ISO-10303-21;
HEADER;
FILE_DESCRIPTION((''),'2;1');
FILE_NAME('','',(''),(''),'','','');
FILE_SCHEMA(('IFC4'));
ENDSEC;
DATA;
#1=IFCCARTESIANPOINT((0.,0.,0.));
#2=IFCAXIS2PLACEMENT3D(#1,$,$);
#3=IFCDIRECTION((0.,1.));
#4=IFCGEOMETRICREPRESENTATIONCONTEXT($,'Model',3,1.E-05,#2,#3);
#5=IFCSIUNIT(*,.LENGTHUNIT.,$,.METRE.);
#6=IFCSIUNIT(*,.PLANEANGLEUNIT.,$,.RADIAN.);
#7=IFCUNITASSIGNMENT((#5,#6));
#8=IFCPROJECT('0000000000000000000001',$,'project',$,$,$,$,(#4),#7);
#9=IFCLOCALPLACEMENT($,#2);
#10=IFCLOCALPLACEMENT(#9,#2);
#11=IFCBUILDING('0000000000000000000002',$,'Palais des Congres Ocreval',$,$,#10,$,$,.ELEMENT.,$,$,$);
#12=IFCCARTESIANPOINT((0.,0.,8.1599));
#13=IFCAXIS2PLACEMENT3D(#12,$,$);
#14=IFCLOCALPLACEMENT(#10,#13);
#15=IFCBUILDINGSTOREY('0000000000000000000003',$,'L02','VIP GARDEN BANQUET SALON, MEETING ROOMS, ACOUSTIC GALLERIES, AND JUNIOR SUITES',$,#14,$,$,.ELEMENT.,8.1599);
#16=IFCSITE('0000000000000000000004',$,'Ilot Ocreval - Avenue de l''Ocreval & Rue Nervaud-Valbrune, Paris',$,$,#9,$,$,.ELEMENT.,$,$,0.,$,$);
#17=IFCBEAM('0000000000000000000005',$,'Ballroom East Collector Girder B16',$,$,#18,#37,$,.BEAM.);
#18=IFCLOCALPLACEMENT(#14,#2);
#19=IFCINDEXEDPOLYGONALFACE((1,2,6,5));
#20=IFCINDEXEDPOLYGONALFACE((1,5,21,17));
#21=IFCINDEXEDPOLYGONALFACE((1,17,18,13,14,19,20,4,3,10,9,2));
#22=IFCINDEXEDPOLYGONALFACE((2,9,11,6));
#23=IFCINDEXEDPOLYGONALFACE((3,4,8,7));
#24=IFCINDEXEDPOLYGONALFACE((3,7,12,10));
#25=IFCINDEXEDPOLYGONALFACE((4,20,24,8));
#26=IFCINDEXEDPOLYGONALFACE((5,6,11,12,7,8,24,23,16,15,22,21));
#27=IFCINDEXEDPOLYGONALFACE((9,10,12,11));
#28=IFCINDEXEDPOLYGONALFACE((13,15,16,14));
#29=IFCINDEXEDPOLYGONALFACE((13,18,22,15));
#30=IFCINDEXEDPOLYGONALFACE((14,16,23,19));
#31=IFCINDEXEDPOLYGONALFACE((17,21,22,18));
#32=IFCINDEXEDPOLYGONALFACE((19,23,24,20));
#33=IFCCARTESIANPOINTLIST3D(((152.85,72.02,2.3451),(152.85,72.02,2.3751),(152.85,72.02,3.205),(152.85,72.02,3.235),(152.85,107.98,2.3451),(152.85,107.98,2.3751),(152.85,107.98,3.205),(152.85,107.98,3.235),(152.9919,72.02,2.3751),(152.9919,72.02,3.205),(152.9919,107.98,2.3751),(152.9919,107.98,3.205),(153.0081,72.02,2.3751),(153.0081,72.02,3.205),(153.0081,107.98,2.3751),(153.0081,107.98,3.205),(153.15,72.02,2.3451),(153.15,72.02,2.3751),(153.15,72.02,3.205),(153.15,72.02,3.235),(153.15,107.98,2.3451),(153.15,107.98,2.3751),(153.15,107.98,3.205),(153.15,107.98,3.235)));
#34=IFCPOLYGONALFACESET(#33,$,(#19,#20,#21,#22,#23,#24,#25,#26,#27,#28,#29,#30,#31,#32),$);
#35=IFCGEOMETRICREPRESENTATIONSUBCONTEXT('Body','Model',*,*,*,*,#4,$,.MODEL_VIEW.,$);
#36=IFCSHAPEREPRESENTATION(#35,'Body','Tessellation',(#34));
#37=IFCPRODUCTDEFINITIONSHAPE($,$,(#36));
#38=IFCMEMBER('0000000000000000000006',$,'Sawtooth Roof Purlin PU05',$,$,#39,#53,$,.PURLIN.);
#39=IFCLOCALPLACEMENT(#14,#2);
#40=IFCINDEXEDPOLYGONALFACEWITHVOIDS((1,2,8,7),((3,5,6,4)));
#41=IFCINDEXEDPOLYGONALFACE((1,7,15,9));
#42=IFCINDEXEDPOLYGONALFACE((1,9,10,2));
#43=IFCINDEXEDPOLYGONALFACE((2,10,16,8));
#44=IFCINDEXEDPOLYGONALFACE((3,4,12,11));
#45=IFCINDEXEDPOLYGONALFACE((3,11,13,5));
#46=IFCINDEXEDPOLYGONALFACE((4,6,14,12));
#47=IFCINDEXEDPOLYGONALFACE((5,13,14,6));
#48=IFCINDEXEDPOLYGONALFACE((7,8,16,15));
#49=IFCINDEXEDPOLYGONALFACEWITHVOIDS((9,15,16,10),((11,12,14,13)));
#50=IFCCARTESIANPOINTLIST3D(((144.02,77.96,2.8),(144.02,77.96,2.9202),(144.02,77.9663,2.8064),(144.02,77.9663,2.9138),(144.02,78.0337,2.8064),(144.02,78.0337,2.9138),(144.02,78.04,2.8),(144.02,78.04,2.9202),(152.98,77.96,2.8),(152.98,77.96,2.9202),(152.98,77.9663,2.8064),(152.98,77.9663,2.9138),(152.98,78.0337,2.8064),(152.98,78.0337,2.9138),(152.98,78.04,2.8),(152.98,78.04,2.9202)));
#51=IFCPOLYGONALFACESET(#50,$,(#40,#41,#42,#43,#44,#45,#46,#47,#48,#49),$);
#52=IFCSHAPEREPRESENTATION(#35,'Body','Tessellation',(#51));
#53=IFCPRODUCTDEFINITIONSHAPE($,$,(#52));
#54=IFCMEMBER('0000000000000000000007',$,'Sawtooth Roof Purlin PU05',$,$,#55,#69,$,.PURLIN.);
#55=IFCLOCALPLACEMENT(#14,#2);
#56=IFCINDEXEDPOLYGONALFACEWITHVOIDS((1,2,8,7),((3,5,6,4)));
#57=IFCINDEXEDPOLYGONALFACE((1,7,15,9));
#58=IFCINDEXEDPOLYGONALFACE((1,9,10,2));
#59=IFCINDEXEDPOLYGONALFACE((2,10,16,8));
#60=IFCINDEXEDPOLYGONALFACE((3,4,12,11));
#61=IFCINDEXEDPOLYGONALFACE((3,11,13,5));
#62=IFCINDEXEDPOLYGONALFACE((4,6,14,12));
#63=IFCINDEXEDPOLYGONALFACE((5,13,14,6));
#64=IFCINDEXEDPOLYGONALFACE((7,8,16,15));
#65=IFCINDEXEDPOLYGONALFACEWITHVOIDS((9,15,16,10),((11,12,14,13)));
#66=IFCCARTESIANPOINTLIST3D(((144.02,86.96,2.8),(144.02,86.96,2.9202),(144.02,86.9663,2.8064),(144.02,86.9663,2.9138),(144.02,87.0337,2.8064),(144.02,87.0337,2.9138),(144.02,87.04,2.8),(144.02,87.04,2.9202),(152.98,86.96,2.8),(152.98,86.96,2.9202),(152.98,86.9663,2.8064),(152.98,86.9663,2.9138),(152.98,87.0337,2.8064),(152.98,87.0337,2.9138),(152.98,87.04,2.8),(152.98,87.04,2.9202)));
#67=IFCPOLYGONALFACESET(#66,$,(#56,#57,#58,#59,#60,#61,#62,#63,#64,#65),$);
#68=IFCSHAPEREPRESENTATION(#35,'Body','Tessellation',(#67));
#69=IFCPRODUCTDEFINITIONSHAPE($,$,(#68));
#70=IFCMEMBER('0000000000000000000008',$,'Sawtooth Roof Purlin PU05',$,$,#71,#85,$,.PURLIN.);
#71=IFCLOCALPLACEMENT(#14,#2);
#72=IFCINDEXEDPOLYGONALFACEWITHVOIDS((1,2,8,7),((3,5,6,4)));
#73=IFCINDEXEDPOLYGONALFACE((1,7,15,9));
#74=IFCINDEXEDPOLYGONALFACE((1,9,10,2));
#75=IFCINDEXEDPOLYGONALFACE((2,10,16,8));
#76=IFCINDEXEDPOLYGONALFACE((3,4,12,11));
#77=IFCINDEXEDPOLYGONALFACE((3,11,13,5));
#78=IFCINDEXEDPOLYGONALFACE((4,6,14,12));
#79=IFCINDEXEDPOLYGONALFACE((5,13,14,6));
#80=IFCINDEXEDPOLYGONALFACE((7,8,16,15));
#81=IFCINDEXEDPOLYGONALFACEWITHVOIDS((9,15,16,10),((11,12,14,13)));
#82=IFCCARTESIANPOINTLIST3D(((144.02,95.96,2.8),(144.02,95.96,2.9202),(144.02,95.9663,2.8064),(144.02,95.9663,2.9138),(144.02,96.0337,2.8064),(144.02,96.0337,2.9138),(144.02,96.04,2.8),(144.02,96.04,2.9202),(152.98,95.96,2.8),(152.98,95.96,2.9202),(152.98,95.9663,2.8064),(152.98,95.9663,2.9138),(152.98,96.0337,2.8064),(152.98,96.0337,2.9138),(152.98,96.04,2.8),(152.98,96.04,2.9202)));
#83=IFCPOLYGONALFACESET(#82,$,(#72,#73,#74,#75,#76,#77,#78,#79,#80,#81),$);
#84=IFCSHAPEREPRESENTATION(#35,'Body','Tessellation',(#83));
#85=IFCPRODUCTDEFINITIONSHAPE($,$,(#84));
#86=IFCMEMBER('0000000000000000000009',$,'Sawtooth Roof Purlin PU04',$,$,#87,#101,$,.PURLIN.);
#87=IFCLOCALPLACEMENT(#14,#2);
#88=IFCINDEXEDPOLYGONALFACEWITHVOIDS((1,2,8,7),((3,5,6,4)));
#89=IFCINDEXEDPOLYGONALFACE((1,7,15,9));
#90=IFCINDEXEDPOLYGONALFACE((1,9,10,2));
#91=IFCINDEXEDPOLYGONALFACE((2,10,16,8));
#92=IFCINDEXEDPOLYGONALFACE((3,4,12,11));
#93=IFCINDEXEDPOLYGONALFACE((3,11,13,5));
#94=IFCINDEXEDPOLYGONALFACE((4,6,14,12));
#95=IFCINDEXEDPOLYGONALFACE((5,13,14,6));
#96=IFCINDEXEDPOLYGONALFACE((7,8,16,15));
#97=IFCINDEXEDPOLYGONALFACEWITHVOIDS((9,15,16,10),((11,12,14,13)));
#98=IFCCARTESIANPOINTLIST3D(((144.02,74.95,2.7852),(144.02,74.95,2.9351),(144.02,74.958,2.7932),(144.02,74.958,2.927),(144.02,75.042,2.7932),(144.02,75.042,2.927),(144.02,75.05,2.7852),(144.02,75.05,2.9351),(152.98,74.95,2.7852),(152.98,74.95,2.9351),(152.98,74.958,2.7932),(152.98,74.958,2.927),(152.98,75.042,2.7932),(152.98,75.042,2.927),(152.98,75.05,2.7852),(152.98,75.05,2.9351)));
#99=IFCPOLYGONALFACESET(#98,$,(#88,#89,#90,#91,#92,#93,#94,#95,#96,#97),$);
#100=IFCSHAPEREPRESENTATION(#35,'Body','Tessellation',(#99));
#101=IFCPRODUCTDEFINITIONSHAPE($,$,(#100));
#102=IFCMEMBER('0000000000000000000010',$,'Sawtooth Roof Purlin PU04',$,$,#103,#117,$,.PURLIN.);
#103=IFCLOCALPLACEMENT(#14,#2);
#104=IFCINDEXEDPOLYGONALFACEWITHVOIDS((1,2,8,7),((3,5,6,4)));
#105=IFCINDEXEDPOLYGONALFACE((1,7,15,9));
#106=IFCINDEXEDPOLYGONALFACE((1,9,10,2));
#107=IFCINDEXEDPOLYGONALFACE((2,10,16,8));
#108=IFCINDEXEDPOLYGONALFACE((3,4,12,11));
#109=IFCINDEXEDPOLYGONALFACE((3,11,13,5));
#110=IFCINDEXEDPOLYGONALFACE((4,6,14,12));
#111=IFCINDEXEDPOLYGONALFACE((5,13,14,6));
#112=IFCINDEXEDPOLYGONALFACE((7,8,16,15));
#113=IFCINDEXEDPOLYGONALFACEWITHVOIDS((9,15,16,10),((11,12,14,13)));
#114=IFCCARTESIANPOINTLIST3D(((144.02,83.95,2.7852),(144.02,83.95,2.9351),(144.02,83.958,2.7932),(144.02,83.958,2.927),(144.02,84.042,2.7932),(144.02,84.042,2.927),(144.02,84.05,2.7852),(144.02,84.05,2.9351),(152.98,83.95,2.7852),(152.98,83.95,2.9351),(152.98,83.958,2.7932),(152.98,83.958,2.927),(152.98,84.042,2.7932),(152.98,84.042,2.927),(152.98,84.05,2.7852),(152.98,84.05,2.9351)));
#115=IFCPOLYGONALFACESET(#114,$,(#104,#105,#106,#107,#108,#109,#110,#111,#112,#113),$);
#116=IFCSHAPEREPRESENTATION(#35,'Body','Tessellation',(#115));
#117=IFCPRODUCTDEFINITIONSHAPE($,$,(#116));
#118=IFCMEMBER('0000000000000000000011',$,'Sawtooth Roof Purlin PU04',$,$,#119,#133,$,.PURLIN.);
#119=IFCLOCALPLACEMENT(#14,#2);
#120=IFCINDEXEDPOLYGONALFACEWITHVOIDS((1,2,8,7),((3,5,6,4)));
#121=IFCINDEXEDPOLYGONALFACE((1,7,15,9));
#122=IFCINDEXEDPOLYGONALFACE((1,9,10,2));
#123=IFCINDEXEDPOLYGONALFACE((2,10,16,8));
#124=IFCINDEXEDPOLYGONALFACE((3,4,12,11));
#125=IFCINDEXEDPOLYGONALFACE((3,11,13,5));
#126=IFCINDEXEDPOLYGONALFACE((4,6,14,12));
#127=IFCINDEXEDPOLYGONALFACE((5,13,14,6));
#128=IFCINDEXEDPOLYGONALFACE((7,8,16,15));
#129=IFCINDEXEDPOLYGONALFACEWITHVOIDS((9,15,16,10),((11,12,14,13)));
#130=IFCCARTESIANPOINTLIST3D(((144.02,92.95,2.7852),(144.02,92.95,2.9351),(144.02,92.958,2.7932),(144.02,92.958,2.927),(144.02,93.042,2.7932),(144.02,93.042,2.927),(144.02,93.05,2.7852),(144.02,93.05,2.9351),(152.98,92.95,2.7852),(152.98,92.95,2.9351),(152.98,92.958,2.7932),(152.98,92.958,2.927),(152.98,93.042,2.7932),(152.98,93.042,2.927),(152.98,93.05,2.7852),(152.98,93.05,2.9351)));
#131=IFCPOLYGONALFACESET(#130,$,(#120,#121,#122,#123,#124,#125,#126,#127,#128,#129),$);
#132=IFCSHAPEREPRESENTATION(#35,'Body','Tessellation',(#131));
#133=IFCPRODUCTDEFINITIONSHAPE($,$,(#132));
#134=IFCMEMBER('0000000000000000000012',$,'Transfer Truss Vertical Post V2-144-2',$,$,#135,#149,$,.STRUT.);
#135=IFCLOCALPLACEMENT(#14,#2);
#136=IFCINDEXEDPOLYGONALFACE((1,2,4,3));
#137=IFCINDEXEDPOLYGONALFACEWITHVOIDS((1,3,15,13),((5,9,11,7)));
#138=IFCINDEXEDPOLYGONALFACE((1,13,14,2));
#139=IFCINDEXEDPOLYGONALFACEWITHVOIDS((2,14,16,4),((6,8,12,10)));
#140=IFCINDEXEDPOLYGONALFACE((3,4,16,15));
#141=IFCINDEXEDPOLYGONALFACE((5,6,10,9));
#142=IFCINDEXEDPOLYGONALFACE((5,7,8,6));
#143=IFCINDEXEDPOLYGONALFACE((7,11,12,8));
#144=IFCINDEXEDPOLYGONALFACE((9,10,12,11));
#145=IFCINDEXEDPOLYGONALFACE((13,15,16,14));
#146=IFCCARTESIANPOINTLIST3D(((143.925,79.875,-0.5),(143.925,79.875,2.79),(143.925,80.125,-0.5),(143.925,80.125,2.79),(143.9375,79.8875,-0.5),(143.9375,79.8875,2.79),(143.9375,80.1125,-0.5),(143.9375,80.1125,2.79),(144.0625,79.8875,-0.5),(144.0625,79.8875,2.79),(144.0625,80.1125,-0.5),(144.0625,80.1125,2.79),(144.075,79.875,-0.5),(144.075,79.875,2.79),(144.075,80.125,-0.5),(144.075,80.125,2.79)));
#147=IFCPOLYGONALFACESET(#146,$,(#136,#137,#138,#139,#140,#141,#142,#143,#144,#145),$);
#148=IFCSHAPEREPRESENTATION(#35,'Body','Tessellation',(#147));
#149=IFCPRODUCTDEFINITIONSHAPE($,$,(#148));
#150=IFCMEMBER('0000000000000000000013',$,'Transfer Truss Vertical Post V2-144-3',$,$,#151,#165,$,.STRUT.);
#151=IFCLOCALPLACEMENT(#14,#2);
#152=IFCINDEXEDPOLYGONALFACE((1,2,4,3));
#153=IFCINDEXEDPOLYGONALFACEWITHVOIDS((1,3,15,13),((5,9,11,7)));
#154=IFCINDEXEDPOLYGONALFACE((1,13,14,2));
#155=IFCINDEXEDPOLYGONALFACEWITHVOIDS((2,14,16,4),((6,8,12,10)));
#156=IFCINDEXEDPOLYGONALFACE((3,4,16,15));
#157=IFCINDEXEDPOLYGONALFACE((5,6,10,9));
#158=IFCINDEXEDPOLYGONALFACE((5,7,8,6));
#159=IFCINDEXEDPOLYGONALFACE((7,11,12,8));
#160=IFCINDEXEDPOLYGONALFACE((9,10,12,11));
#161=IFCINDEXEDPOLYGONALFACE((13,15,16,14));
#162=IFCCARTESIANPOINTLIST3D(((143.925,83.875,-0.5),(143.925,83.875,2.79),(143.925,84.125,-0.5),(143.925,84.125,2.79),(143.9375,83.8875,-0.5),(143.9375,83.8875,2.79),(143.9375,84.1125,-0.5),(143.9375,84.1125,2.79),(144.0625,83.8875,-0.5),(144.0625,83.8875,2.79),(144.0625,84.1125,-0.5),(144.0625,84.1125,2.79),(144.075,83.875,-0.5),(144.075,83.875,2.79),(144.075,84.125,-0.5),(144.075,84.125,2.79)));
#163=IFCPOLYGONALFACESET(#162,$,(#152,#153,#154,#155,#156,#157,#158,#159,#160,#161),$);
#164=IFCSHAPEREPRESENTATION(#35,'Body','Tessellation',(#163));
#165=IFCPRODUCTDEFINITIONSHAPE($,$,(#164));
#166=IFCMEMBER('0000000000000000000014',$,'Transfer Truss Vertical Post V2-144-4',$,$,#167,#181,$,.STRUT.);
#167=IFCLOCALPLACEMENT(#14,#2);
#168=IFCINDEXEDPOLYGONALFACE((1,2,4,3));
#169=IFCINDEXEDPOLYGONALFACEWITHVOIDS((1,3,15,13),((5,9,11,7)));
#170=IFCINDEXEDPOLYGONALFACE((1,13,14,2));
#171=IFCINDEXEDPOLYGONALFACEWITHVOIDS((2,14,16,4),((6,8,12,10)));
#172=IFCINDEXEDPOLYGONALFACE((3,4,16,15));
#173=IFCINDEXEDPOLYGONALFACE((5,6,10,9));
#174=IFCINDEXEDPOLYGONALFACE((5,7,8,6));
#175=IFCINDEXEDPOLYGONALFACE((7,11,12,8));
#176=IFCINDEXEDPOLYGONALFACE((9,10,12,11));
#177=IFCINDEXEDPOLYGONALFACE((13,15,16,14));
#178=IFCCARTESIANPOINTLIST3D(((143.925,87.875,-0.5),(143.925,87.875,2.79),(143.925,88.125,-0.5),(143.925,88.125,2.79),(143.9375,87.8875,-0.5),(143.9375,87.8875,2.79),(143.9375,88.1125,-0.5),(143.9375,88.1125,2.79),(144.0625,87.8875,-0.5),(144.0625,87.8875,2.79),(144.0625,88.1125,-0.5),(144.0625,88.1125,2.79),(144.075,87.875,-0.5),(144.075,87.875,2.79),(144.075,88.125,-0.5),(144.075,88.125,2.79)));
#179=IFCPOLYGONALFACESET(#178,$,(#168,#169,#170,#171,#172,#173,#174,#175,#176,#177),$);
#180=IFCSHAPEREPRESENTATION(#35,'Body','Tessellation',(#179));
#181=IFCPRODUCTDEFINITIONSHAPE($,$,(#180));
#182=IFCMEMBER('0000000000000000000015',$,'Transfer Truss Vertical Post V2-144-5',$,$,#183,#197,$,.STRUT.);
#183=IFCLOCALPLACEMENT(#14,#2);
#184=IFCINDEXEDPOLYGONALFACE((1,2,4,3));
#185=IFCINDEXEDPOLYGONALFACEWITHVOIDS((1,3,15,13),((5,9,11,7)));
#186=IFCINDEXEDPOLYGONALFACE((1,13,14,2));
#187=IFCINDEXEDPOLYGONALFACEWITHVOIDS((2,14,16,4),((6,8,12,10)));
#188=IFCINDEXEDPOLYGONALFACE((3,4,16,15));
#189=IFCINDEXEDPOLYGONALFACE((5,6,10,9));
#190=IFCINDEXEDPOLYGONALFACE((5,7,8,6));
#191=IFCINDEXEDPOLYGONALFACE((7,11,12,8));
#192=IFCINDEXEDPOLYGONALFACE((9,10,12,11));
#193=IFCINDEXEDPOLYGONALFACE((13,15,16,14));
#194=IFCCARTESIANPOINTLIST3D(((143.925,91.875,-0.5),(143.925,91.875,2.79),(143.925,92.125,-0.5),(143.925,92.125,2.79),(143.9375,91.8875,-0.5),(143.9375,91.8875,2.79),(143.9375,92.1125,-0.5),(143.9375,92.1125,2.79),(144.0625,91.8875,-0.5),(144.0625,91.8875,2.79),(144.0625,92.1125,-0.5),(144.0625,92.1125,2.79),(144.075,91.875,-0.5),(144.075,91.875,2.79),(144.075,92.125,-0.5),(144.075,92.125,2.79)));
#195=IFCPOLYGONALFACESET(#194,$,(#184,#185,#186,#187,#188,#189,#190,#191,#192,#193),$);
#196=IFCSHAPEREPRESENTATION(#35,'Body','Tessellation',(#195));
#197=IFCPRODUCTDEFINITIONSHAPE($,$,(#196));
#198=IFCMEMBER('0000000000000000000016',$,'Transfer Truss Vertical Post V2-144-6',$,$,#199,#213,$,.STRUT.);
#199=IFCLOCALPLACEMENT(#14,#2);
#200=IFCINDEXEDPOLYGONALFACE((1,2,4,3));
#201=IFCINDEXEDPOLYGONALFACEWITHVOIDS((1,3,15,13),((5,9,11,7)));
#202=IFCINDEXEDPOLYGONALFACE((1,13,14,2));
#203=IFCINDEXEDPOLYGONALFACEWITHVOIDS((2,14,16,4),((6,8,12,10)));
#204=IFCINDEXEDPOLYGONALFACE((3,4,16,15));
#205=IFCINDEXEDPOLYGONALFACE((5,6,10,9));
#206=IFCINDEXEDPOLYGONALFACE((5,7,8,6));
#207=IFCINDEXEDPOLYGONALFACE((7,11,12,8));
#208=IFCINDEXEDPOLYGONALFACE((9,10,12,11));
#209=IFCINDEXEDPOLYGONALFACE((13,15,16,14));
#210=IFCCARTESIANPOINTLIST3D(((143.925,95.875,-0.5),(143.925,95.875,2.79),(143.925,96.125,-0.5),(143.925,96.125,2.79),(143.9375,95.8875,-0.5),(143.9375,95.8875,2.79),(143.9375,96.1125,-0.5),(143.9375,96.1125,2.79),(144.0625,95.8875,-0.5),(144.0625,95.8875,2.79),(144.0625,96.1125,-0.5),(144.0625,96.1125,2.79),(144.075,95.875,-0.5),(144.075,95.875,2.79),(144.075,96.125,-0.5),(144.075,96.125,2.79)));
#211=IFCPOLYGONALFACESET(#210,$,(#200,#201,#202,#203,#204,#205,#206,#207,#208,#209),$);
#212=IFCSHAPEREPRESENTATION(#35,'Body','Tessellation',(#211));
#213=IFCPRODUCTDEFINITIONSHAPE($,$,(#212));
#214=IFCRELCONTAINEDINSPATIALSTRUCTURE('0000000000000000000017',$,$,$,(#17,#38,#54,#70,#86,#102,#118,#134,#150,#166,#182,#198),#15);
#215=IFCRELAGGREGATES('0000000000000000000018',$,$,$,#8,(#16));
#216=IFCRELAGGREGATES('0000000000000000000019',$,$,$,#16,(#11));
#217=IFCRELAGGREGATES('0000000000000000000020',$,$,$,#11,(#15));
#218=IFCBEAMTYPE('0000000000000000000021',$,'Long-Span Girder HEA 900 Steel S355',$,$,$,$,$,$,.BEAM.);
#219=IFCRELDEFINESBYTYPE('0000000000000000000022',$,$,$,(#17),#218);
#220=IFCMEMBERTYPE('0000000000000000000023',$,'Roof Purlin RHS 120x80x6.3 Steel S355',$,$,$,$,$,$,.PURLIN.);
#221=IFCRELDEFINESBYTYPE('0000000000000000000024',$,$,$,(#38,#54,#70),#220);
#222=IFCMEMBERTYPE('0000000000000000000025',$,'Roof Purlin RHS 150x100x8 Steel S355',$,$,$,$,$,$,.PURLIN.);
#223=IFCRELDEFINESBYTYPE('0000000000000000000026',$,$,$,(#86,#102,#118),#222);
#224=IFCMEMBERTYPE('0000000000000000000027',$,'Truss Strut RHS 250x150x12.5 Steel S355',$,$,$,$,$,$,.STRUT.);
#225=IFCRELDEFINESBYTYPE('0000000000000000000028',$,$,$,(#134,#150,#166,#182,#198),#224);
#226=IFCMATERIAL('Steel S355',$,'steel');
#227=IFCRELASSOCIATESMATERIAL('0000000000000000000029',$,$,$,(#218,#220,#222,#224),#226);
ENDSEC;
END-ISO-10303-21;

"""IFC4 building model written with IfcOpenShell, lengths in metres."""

from ifc_helpers import new_model, si_unit, direction, frame, origin, origin_2d, place, context, subcontext, project, spatial, hollow_rectangle, i_section, extrude, material, material_profile, profile_set, type_object, element, save


model = new_model("IFC4")

# Units and contexts
model_context = context("Model", 3, precision=1e-05, world=origin(), true_north=direction((0.0, 1.0)))
body_context = subcontext(model_context, "Body", "Model", "MODEL_VIEW")
ifc_project = project(units=[si_unit("LENGTHUNIT", "METRE"), si_unit("PLANEANGLEUNIT", "RADIAN")], contexts=[model_context])

# Site, building, storey
site_placement = place(None, origin())
site = spatial("IfcSite", under=ifc_project, at=site_placement, Name="Ilot Ocreval - Avenue de l'Ocreval & Rue Nervaud-Valbrune, Paris", CompositionType="ELEMENT", RefElevation=0.0)
building_placement = place(site_placement, origin())
building = spatial("IfcBuilding", under=site, at=building_placement, Name="Palais des Congres Ocreval", CompositionType="ELEMENT")
storey_placement = place(building_placement, frame((0.0, 0.0, 8.1599)))
storey = spatial("IfcBuildingStorey", under=building, at=storey_placement, Name="L02", Description="VIP GARDEN BANQUET SALON, MEETING ROOMS, ACOUSTIC GALLERIES, AND JUNIOR SUITES", CompositionType="ELEMENT", Elevation=8.1599)

# Shared definitions
ifc_material_1 = material(Name="Steel S355", Category="steel")

# Beam
ifc_material_profile_1 = material_profile(ifc_material_1, i_section(OverallWidth=0.3, OverallDepth=0.8899, WebThickness=0.0161, FlangeThickness=0.03, at=origin_2d()), Name="HEA 900")
ifc_profile_set_1 = profile_set([ifc_material_profile_1], Name="Steel S355")
beam_type_1 = type_object("IfcBeamType", Name="Long-Span Girder HEA 900 Steel S355", PredefinedType="BEAM", material=ifc_profile_set_1)
for number, where, z_axis, x_axis, name in (
    (1, (153.0, 72.02, 2.79), (0.0, 1.0, 0.0), (-1.0, 0.0, 0.0), "Ballroom East Collector Girder B16"),
):
    element("IfcBeam", number, at=place(storey_placement, frame(where, z_axis=z_axis, x_axis=x_axis)), inside=storey, type_object=beam_type_1, Name=name, PredefinedType="BEAM", context=body_context, shape_type="SweptSolid", body=[
        extrude(i_section(OverallWidth=0.3, OverallDepth=0.8899, WebThickness=0.0161, FlangeThickness=0.03, at=origin_2d()), origin(), (0.0, 0.0, 1.0), 35.96),
    ])

# Members
ifc_material_profile_2 = material_profile(ifc_material_1, hollow_rectangle(XDim=0.0801, YDim=0.1201, WallThickness=0.0063, at=origin_2d()), Name="RHS 120x80x6.3")
ifc_profile_set_2 = profile_set([ifc_material_profile_2], Name="Steel S355")
member_type_1 = type_object("IfcMemberType", Name="Roof Purlin RHS 120x80x6.3 Steel S355", PredefinedType="PURLIN", material=ifc_profile_set_2)
for number, where, z_axis, x_axis, name in (
    (2, (144.02, 78.0, 2.8601), (1.0, 0.0, 0.0), (0.0, 1.0, 0.0), "Sawtooth Roof Purlin PU05"),
    (3, (144.02, 87.0, 2.8601), (1.0, 0.0, 0.0), (0.0, 1.0, 0.0), "Sawtooth Roof Purlin PU05"),
    (4, (144.02, 96.0, 2.8601), (1.0, 0.0, 0.0), (0.0, 1.0, 0.0), "Sawtooth Roof Purlin PU05"),
):
    element("IfcMember", number, at=place(storey_placement, frame(where, z_axis=z_axis, x_axis=x_axis)), inside=storey, type_object=member_type_1, Name=name, PredefinedType="PURLIN", context=body_context, shape_type="SweptSolid", body=[
        extrude(hollow_rectangle(XDim=0.0801, YDim=0.1201, WallThickness=0.0063, at=origin_2d()), origin(), (0.0, 0.0, 1.0), 8.96),
    ])
ifc_material_profile_3 = material_profile(ifc_material_1, hollow_rectangle(XDim=0.1001, YDim=0.1499, WallThickness=0.0081, at=origin_2d()), Name="RHS 150x100x8")
ifc_profile_set_3 = profile_set([ifc_material_profile_3], Name="Steel S355")
member_type_2 = type_object("IfcMemberType", Name="Roof Purlin RHS 150x100x8 Steel S355", PredefinedType="PURLIN", material=ifc_profile_set_3)
for number, where, z_axis, x_axis, name in (
    (5, (144.02, 75.0, 2.8601), (1.0, 0.0, 0.0), (0.0, 1.0, 0.0), "Sawtooth Roof Purlin PU04"),
    (6, (144.02, 84.0, 2.8601), (1.0, 0.0, 0.0), (0.0, 1.0, 0.0), "Sawtooth Roof Purlin PU04"),
    (7, (144.02, 93.0, 2.8601), (1.0, 0.0, 0.0), (0.0, 1.0, 0.0), "Sawtooth Roof Purlin PU04"),
):
    element("IfcMember", number, at=place(storey_placement, frame(where, z_axis=z_axis, x_axis=x_axis)), inside=storey, type_object=member_type_2, Name=name, PredefinedType="PURLIN", context=body_context, shape_type="SweptSolid", body=[
        extrude(hollow_rectangle(XDim=0.1001, YDim=0.1499, WallThickness=0.0081, at=origin_2d()), origin(), (0.0, 0.0, 1.0), 8.96),
    ])
ifc_material_profile_4 = material_profile(ifc_material_1, hollow_rectangle(XDim=0.1499, YDim=0.25, WallThickness=0.0125, at=origin_2d()), Name="RHS 250x150x12.5")
ifc_profile_set_4 = profile_set([ifc_material_profile_4], Name="Steel S355")
member_type_3 = type_object("IfcMemberType", Name="Truss Strut RHS 250x150x12.5 Steel S355", PredefinedType="STRUT", material=ifc_profile_set_4)
for number, where, z_axis, x_axis, name in (
    (8, (144.0, 80.0, -0.5), (0.0, 0.0, 1.0), (1.0, 0.0, 0.0), "Transfer Truss Vertical Post V2-144-2"),
    (9, (144.0, 84.0, -0.5), (0.0, 0.0, 1.0), (1.0, 0.0, 0.0), "Transfer Truss Vertical Post V2-144-3"),
    (10, (144.0, 88.0, -0.5), (0.0, 0.0, 1.0), (1.0, 0.0, 0.0), "Transfer Truss Vertical Post V2-144-4"),
    (11, (144.0, 92.0, -0.5), (0.0, 0.0, 1.0), (1.0, 0.0, 0.0), "Transfer Truss Vertical Post V2-144-5"),
    (12, (144.0, 96.0, -0.5), (0.0, 0.0, 1.0), (1.0, 0.0, 0.0), "Transfer Truss Vertical Post V2-144-6"),
):
    element("IfcMember", number, at=place(storey_placement, frame(where, z_axis=z_axis, x_axis=x_axis)), inside=storey, type_object=member_type_3, Name=name, PredefinedType="STRUT", context=body_context, shape_type="SweptSolid", body=[
        extrude(hollow_rectangle(XDim=0.1499, YDim=0.25, WallThickness=0.0125, at=origin_2d()), origin(), (0.0, 0.0, 1.0), 3.29),
    ])

save(model, "model.ifc")
